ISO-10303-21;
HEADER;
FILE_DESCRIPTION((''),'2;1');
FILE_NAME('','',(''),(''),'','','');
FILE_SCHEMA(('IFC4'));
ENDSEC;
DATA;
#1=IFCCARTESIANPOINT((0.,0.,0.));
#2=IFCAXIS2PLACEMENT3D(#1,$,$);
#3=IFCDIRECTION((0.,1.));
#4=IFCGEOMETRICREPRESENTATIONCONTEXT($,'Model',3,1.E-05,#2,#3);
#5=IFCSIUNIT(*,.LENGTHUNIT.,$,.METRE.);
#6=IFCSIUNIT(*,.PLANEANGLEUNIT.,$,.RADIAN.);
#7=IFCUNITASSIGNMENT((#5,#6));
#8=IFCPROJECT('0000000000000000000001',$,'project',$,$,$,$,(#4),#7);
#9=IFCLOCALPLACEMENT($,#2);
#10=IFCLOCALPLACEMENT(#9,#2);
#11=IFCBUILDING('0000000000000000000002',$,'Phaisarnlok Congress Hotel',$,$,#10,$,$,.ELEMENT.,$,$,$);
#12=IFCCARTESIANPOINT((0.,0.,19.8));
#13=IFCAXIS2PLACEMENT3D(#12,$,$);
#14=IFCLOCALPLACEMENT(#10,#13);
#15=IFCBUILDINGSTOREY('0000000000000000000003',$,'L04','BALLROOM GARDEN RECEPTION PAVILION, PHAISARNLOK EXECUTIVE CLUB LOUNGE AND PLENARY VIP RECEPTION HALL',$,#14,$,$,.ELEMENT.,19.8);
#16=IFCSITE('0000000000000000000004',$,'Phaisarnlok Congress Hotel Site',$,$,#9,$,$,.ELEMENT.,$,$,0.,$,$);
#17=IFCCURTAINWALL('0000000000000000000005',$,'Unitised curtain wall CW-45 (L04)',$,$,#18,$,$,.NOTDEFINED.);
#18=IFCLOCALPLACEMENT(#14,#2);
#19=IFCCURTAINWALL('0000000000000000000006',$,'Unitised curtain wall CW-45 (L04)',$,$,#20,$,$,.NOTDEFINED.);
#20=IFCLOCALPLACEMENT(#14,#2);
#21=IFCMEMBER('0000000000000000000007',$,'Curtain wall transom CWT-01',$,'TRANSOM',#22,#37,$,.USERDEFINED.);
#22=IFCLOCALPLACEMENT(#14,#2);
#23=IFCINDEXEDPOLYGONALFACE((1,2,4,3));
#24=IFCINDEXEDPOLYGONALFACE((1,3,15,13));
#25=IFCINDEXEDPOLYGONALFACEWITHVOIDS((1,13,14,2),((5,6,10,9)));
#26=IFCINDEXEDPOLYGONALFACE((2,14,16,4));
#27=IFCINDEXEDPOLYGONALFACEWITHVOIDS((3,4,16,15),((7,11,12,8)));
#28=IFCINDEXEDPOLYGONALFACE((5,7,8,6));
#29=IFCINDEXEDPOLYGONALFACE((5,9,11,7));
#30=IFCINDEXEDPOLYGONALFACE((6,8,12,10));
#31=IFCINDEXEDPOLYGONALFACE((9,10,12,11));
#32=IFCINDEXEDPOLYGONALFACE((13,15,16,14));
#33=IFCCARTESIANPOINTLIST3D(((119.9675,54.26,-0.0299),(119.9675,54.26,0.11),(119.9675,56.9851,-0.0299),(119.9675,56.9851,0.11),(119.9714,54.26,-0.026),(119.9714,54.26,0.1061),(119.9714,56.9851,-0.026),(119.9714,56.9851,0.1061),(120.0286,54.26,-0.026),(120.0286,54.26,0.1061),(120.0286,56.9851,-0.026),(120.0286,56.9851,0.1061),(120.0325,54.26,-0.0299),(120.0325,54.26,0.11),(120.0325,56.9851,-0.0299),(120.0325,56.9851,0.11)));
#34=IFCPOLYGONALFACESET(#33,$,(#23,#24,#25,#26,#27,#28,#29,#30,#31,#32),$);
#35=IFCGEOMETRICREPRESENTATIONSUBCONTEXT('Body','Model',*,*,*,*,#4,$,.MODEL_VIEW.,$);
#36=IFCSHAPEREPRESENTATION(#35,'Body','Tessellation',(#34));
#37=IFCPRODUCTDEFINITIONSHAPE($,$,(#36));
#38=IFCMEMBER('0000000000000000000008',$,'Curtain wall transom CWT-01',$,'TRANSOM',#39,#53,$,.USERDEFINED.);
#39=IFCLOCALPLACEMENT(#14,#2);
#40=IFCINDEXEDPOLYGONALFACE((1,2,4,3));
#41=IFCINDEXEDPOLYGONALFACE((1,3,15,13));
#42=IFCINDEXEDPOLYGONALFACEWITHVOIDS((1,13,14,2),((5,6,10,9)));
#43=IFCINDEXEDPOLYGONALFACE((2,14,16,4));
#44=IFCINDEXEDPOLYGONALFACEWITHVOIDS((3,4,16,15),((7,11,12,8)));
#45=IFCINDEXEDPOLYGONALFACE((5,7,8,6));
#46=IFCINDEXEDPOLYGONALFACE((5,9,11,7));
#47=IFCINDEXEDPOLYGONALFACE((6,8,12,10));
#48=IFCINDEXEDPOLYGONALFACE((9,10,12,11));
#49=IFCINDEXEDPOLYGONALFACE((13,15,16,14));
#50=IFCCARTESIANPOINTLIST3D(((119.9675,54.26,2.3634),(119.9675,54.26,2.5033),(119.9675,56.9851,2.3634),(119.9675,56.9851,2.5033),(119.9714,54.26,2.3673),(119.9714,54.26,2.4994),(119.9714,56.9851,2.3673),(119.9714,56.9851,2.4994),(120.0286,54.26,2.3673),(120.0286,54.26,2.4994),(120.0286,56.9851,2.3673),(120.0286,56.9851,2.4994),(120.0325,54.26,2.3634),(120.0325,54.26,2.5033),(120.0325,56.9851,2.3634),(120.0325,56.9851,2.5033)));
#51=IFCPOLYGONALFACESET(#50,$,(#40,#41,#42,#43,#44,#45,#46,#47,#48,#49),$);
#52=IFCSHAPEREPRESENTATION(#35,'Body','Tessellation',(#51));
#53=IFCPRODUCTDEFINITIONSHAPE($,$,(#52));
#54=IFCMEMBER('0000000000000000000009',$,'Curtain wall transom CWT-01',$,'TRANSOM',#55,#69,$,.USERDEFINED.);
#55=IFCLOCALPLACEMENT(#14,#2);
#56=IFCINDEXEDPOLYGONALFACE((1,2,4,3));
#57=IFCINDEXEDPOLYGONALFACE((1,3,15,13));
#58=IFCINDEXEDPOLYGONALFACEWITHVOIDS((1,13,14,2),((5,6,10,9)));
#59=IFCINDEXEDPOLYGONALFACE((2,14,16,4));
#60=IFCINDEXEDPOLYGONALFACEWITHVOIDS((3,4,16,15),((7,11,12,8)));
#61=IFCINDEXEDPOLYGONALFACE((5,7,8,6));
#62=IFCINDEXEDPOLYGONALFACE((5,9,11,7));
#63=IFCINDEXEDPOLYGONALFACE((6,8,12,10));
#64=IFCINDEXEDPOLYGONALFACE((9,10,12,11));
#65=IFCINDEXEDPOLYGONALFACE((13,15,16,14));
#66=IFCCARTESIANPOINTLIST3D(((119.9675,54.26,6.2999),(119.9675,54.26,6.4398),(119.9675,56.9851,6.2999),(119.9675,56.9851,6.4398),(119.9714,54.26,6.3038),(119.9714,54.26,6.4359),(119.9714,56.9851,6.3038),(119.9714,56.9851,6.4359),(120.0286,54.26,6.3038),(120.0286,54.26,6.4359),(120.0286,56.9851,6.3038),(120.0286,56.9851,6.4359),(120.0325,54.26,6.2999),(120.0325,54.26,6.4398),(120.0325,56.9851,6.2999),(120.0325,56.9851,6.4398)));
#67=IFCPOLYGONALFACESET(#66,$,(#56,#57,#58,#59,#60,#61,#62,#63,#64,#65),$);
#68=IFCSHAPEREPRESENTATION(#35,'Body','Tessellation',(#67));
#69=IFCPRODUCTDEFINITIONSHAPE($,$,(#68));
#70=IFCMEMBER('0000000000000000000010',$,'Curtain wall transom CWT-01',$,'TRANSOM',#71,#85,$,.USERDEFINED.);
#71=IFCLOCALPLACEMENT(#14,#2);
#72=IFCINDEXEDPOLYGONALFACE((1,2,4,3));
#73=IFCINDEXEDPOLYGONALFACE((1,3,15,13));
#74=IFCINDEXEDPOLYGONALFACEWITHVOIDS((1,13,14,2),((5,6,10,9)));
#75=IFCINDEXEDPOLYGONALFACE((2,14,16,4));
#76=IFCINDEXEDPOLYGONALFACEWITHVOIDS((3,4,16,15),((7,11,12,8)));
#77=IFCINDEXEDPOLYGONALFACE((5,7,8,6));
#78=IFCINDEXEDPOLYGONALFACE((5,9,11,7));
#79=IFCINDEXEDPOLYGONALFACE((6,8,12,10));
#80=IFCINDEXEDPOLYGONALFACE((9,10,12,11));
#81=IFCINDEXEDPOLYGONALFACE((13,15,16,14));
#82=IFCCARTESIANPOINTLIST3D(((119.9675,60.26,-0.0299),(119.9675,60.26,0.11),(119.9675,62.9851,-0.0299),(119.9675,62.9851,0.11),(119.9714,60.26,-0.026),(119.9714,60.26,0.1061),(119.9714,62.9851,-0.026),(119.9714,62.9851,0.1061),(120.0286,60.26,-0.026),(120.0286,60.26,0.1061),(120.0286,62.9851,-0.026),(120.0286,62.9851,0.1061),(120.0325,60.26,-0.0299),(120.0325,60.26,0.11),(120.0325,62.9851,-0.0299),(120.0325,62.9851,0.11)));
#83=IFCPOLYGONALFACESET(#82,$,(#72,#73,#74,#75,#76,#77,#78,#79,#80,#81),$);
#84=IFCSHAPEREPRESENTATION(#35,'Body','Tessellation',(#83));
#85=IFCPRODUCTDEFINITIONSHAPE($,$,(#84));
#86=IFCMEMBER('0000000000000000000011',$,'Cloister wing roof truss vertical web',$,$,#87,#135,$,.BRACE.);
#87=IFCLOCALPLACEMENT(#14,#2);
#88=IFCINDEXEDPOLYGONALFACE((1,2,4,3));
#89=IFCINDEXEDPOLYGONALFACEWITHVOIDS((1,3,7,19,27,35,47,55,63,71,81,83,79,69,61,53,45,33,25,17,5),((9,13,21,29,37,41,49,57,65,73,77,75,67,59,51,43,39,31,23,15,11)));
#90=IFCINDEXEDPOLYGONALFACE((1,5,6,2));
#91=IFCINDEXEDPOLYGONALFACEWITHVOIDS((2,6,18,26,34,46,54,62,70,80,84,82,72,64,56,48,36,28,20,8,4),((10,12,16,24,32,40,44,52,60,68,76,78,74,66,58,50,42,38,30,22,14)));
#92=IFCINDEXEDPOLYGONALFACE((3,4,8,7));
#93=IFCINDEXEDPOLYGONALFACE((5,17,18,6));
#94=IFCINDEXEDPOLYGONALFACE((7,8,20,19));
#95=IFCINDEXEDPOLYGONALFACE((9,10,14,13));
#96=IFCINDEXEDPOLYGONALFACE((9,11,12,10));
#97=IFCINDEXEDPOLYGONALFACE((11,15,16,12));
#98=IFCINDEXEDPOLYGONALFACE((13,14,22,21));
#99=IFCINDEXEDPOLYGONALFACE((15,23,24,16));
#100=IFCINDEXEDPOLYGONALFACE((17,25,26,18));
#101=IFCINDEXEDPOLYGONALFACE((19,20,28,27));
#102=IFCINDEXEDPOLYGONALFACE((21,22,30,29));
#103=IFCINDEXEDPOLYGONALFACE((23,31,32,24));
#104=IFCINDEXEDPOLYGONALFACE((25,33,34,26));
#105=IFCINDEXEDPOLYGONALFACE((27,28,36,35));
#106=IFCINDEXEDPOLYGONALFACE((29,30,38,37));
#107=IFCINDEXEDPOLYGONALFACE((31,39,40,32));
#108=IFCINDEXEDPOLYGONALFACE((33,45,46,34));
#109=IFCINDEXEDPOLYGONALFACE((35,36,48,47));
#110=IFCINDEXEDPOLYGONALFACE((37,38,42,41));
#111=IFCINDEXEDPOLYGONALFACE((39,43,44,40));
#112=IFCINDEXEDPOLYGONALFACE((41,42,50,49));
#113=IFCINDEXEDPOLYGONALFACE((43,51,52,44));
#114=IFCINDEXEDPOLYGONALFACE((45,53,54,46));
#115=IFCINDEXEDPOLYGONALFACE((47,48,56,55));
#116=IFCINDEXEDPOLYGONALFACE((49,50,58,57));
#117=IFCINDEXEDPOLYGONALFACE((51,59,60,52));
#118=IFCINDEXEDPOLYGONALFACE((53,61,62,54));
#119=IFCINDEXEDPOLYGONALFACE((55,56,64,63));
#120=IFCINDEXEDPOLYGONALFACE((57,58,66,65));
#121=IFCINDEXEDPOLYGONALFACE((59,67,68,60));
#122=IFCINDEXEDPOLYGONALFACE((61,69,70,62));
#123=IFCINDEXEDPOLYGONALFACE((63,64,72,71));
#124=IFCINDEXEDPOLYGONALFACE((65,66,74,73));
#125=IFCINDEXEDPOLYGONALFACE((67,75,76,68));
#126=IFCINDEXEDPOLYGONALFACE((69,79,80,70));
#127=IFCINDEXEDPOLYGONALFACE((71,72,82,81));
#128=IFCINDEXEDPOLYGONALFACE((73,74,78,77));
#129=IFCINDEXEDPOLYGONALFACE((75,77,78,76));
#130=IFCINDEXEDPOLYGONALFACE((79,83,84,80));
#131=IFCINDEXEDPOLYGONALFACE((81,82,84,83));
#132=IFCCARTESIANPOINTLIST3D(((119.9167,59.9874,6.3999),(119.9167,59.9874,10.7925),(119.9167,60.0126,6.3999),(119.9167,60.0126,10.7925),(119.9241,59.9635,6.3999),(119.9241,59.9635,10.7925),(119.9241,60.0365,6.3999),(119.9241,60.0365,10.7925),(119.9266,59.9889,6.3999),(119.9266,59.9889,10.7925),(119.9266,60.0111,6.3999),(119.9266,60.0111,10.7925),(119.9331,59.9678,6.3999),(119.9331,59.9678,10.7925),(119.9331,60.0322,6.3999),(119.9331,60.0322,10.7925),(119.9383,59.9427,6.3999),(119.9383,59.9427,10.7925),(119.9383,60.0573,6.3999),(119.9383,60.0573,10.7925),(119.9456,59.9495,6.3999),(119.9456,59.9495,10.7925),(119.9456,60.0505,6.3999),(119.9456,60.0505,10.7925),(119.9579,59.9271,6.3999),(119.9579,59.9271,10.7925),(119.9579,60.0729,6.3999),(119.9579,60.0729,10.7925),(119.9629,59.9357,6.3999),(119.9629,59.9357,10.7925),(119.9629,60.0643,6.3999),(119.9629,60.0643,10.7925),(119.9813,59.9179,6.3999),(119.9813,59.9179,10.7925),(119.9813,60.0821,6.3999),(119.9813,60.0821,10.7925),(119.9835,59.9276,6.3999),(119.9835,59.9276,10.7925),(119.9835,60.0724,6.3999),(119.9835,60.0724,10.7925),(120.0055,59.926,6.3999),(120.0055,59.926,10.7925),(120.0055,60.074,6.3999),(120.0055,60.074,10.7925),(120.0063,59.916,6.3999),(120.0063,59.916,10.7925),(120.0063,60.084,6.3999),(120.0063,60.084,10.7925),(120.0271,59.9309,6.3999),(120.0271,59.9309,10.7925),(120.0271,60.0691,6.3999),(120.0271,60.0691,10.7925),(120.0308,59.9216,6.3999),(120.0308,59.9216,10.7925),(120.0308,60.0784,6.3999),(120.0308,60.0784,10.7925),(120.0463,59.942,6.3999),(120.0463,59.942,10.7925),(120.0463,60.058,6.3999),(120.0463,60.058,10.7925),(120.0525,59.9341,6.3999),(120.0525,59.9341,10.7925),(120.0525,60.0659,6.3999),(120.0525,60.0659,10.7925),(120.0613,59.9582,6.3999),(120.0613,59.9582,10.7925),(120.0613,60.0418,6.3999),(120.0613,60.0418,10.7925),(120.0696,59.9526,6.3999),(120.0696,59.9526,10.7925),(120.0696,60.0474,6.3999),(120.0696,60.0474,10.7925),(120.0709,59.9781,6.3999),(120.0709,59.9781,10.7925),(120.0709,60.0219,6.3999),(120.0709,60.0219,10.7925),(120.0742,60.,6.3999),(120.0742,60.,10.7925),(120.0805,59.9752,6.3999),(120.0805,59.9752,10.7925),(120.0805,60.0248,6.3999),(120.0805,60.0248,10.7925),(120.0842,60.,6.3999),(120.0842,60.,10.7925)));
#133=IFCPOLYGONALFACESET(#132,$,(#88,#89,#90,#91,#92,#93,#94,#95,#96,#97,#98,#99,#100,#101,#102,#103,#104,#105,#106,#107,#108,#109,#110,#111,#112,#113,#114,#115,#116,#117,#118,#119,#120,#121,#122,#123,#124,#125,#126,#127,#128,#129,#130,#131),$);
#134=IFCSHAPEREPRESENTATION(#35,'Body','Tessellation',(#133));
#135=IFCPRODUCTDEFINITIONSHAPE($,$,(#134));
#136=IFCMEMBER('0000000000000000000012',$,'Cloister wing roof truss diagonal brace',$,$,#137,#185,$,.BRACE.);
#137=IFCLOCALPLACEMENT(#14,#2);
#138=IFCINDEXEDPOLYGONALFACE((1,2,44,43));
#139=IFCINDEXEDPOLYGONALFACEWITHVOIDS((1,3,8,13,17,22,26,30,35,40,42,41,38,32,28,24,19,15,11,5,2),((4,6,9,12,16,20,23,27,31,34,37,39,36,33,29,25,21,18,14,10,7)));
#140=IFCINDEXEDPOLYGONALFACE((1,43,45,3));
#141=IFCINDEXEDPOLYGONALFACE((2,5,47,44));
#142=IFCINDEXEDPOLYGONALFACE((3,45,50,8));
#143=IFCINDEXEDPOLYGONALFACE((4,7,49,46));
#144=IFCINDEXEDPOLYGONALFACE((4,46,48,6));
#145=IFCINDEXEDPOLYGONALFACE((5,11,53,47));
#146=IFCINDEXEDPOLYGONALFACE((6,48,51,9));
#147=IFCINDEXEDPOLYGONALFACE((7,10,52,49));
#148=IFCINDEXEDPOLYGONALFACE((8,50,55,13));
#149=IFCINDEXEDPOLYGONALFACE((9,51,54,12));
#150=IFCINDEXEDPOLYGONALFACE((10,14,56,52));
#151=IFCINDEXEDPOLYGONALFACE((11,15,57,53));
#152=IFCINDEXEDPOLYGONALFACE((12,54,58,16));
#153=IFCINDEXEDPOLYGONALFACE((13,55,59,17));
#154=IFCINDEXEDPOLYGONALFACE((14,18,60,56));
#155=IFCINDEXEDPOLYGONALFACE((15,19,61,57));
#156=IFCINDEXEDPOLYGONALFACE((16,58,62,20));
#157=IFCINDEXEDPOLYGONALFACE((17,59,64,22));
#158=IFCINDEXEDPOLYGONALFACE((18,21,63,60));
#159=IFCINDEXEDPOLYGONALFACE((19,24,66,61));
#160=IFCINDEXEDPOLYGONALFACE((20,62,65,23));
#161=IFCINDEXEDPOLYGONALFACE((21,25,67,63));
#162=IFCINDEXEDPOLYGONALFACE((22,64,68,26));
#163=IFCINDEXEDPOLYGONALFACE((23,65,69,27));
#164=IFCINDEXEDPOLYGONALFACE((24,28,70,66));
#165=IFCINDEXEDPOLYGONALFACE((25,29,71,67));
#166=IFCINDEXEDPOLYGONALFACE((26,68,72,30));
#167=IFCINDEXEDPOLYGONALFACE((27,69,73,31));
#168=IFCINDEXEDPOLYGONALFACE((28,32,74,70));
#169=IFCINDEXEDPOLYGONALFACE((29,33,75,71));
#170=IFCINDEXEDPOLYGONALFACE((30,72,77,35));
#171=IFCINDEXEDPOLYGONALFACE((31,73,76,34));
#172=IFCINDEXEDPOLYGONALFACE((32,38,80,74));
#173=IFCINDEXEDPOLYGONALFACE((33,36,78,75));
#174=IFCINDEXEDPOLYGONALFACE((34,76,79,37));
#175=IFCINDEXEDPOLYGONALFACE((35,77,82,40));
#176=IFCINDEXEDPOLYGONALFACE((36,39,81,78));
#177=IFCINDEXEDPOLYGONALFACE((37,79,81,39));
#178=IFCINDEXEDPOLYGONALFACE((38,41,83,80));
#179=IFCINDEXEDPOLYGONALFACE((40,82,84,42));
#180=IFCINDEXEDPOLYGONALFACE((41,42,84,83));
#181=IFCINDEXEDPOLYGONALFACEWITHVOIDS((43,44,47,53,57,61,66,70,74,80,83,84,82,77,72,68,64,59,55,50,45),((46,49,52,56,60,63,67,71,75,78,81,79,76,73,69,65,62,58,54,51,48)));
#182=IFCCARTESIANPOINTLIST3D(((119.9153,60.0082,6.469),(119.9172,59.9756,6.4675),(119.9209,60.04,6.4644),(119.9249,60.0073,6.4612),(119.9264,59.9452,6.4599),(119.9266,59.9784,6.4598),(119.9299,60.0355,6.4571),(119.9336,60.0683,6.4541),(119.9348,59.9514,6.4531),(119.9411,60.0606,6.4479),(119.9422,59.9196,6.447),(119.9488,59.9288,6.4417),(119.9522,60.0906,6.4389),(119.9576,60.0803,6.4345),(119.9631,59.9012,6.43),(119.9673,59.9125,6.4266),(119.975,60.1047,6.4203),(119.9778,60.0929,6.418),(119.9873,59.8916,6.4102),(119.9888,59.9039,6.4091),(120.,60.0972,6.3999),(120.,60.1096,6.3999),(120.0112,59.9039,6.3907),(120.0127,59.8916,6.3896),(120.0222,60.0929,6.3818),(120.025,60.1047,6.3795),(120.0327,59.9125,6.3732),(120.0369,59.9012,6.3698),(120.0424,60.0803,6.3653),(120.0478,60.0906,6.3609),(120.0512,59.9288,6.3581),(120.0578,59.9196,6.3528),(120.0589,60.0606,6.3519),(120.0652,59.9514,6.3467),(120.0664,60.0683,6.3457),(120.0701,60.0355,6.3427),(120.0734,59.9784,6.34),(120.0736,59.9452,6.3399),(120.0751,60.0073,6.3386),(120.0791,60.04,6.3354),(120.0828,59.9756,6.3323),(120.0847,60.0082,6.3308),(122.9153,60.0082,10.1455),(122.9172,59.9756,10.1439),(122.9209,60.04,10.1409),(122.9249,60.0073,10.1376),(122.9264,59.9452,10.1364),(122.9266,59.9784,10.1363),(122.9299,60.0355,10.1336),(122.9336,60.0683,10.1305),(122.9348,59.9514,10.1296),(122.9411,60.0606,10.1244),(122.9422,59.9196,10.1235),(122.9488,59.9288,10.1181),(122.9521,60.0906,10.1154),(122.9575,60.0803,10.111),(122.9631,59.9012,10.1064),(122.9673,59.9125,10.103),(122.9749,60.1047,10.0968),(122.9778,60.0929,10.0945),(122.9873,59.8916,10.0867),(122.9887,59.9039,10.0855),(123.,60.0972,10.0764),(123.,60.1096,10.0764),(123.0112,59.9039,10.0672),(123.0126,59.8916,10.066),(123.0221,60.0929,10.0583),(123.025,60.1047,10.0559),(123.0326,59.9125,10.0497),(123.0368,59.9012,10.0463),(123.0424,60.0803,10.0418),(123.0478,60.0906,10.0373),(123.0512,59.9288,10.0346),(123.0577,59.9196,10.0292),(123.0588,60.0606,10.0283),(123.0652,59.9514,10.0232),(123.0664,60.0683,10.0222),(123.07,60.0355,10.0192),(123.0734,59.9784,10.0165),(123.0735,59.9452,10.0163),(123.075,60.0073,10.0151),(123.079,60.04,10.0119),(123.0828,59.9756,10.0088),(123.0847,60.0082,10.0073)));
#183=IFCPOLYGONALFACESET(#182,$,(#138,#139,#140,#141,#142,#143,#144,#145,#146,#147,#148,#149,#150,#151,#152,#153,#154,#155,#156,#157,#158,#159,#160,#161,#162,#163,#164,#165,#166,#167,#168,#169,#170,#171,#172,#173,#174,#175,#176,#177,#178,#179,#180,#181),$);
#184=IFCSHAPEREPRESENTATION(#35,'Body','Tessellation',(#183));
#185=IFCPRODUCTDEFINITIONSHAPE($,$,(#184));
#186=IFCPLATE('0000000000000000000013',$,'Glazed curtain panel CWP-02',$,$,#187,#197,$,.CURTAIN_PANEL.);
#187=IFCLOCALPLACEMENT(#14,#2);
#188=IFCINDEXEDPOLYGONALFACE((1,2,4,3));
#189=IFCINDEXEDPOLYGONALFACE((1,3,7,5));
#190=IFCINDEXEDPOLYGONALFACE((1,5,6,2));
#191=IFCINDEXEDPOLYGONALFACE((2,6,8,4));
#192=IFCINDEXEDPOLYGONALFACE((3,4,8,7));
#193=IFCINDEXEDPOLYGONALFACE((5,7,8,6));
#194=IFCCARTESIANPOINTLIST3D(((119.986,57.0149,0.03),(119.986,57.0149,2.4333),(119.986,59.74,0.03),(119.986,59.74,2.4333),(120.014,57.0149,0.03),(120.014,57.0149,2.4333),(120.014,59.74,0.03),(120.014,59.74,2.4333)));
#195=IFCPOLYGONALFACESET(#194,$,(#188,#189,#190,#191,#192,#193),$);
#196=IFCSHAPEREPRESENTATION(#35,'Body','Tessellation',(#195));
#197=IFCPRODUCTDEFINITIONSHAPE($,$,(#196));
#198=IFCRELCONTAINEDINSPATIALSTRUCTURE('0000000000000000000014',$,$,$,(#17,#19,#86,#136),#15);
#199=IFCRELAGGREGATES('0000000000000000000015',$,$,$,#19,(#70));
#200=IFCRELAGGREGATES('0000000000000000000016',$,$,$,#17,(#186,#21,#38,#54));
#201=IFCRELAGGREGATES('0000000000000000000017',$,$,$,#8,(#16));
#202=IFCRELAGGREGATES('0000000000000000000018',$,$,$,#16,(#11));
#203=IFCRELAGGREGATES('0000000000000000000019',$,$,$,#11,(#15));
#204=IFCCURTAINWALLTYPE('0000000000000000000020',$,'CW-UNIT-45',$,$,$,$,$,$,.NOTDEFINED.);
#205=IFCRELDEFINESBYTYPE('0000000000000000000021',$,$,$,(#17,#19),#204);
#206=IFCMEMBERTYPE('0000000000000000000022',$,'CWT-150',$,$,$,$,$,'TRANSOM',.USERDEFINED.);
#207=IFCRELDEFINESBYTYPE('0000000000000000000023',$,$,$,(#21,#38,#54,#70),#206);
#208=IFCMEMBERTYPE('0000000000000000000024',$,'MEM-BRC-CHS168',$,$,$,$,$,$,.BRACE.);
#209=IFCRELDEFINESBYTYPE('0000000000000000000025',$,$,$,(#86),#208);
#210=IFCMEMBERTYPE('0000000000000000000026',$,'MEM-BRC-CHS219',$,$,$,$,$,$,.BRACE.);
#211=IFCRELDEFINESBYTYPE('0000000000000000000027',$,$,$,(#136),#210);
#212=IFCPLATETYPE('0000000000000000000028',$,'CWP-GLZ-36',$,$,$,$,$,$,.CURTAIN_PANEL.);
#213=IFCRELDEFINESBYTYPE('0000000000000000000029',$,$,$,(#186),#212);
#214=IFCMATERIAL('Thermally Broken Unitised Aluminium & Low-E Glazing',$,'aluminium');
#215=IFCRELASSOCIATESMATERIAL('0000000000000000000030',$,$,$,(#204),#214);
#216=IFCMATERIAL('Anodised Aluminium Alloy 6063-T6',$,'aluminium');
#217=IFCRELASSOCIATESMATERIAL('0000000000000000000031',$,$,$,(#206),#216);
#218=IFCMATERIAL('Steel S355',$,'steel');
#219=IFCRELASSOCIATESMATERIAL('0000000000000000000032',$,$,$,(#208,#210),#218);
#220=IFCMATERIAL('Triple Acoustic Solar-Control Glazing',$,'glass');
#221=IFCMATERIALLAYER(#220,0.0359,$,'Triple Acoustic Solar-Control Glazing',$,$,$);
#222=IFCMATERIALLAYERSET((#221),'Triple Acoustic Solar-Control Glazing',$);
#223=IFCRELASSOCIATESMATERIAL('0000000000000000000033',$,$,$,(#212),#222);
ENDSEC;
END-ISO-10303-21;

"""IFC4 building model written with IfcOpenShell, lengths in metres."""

from ifc_helpers import new_model, si_unit, direction, frame, frame_2d, origin, origin_2d, place, context, subcontext, project, spatial, rectangle, hollow_rectangle, hollow_circle, extrude, material, layer, layer_set, material_profile, profile_set, type_object, element, aggregate, save


model = new_model("IFC4")

# Units and contexts
model_context = context("Model", 3, precision=1e-05, world=origin(), true_north=direction((0.0, 1.0)))
body_context = subcontext(model_context, "Body", "Model", "MODEL_VIEW")
ifc_project = project(units=[si_unit("LENGTHUNIT", "METRE"), si_unit("PLANEANGLEUNIT", "RADIAN")], contexts=[model_context])

# Site, building, storey
site_placement = place(None, origin())
site = spatial("IfcSite", under=ifc_project, at=site_placement, Name="Phaisarnlok Congress Hotel Site", CompositionType="ELEMENT", RefElevation=0.0)
building_placement = place(site_placement, origin())
building = spatial("IfcBuilding", under=site, at=building_placement, Name="Phaisarnlok Congress Hotel", CompositionType="ELEMENT")
storey_placement = place(building_placement, frame((0.0, 0.0, 19.8)))
storey = spatial("IfcBuildingStorey", under=building, at=storey_placement, Name="L04", Description="BALLROOM GARDEN RECEPTION PAVILION, PHAISARNLOK EXECUTIVE CLUB LOUNGE AND PLENARY VIP RECEPTION HALL", CompositionType="ELEMENT", Elevation=19.8)

# Shared definitions
ifc_material_1 = material(Name="Steel S355", Category="steel")

# Curtain wall
ifc_material_2 = material(Name="Thermally Broken Unitised Aluminium & Low-E Glazing", Category="aluminium")
curtain_wall_type = type_object("IfcCurtainWallType", Name="CW-UNIT-45", PredefinedType="NOTDEFINED", material=ifc_material_2)
curtain_wall_1_placement = place(storey_placement, origin())
curtain_wall_1 = element("IfcCurtainWall", 1, at=curtain_wall_1_placement, inside=storey, type_object=curtain_wall_type, Name="Unitised curtain wall CW-45 (L04)", PredefinedType="NOTDEFINED")
ifc_material_3 = material(Name="Anodised Aluminium Alloy 6063-T6", Category="aluminium")

# Curtain wall
curtain_wall_2_placement = place(storey_placement, origin())
curtain_wall_2 = element("IfcCurtainWall", 2, at=curtain_wall_2_placement, inside=storey, type_object=curtain_wall_type, Name="Unitised curtain wall CW-45 (L04)", PredefinedType="NOTDEFINED")

# Members
ifc_material_profile_1 = material_profile(ifc_material_3, hollow_rectangle(XDim=0.0649, YDim=0.1399, WallThickness=0.0039, at=origin_2d()), Name="ALU-T 65x140x4")
ifc_profile_set_1 = profile_set([ifc_material_profile_1], Name="Anodised Aluminium Alloy 6063-T6")
member_type_1 = type_object("IfcMemberType", Name="CWT-150", ElementType="TRANSOM", PredefinedType="USERDEFINED", material=ifc_profile_set_1)
member_1_placement = place(storey_placement, frame((120.0, 56.9851, 0.04), z_axis=(0.0, -1.0, 0.0), x_axis=(1.0, 0.0, 0.0)))
member_1 = element("IfcMember", 3, at=member_1_placement, type_object=member_type_1, Name="Curtain wall transom CWT-01", ObjectType="TRANSOM", PredefinedType="USERDEFINED", context=body_context, shape_type="SweptSolid", body=[
    extrude(hollow_rectangle(XDim=0.0649, YDim=0.1399, WallThickness=0.0039, at=origin_2d()), origin(), (0.0, 0.0, 1.0), 2.7251),
])
member_2_placement = place(storey_placement, frame((120.0, 56.9851, 2.4333), z_axis=(0.0, -1.0, 0.0), x_axis=(1.0, 0.0, 0.0)))
member_2 = element("IfcMember", 4, at=member_2_placement, type_object=member_type_1, Name="Curtain wall transom CWT-01", ObjectType="TRANSOM", PredefinedType="USERDEFINED", context=body_context, shape_type="SweptSolid", body=[
    extrude(hollow_rectangle(XDim=0.0649, YDim=0.1399, WallThickness=0.0039, at=origin_2d()), origin(), (0.0, 0.0, 1.0), 2.7251),
])
member_3_placement = place(storey_placement, frame((120.0, 56.9851, 6.3699), z_axis=(0.0, -1.0, 0.0), x_axis=(1.0, 0.0, 0.0)))
member_3 = element("IfcMember", 5, at=member_3_placement, type_object=member_type_1, Name="Curtain wall transom CWT-01", ObjectType="TRANSOM", PredefinedType="USERDEFINED", context=body_context, shape_type="SweptSolid", body=[
    extrude(hollow_rectangle(XDim=0.0649, YDim=0.1399, WallThickness=0.0039, at=origin_2d()), origin(), (0.0, 0.0, 1.0), 2.7251),
])
member_4_placement = place(storey_placement, frame((120.0, 62.9851, 0.04), z_axis=(0.0, -1.0, 0.0), x_axis=(1.0, 0.0, 0.0)))
member_4 = element("IfcMember", 6, at=member_4_placement, type_object=member_type_1, Name="Curtain wall transom CWT-01", ObjectType="TRANSOM", PredefinedType="USERDEFINED", context=body_context, shape_type="SweptSolid", body=[
    extrude(hollow_rectangle(XDim=0.0649, YDim=0.1399, WallThickness=0.0039, at=origin_2d()), origin(), (0.0, 0.0, 1.0), 2.7251),
])
aggregate(curtain_wall_2, [member_4])

# Members
ifc_material_profile_2 = material_profile(ifc_material_1, hollow_circle(Radius=0.0842, WallThickness=0.01, at=origin_2d()), Name="CHS 168.3x10")
ifc_profile_set_2 = profile_set([ifc_material_profile_2], Name="Steel S355")
member_type_2 = type_object("IfcMemberType", Name="MEM-BRC-CHS168", PredefinedType="BRACE", material=ifc_profile_set_2)
member_5_placement = place(storey_placement, frame((120.0, 60.0, 6.3999), z_axis=(0.0, 0.0, 1.0), x_axis=(1.0, 0.0, 0.0)))
element("IfcMember", 7, at=member_5_placement, inside=storey, type_object=member_type_2, Name="Cloister wing roof truss vertical web", PredefinedType="BRACE", context=body_context, shape_type="SweptSolid", body=[
    extrude(hollow_circle(Radius=0.0842, WallThickness=0.01, at=origin_2d()), origin(), (0.0, 0.0, 1.0), 4.3926),
])
ifc_material_profile_3 = material_profile(ifc_material_1, hollow_circle(Radius=0.1096, WallThickness=0.0125, at=origin_2d()), Name="CHS 219.1x12.5")
ifc_profile_set_3 = profile_set([ifc_material_profile_3], Name="Steel S355")
member_type_3 = type_object("IfcMemberType", Name="MEM-BRC-CHS219", PredefinedType="BRACE", material=ifc_profile_set_3)
member_6_placement = place(storey_placement, frame((120.0, 60.0, 6.3999), z_axis=(0.63222, 0.0, 0.774789), x_axis=(0.0, 1.0, 0.0)))
element("IfcMember", 8, at=member_6_placement, inside=storey, type_object=member_type_3, Name="Cloister wing roof truss diagonal brace", PredefinedType="BRACE", context=body_context, shape_type="SweptSolid", body=[
    extrude(hollow_circle(Radius=0.1096, WallThickness=0.0125, at=origin_2d()), origin(), (0.0, 0.0, 1.0), 4.7451),
])

# Plate
ifc_material_4 = material(Name="Triple Acoustic Solar-Control Glazing", Category="glass")
ifc_layer_1 = layer(ifc_material_4, 0.0359, Name="Triple Acoustic Solar-Control Glazing")
ifc_layer_set_1 = layer_set([ifc_layer_1], Name="Triple Acoustic Solar-Control Glazing")
plate_type_1 = type_object("IfcPlateType", Name="CWP-GLZ-36", PredefinedType="CURTAIN_PANEL", material=ifc_layer_set_1)
plate_1_placement = place(storey_placement, frame((120.0, 59.74, 0.03), z_axis=(0.0, 0.0, 1.0), x_axis=(0.0, -1.0, 0.0)))
plate_1 = element("IfcPlate", 9, at=plate_1_placement, type_object=plate_type_1, Name="Glazed curtain panel CWP-02", PredefinedType="CURTAIN_PANEL", context=body_context, shape_type="SweptSolid", body=[
    extrude(rectangle(XDim=2.7251, YDim=0.0281, at=frame_2d((1.3625, 0.0))), origin(), (0.0, 0.0, 1.0), 2.4033),
])
aggregate(curtain_wall_1, [plate_1, member_1, member_2, member_3])

save(model, "model.ifc")
